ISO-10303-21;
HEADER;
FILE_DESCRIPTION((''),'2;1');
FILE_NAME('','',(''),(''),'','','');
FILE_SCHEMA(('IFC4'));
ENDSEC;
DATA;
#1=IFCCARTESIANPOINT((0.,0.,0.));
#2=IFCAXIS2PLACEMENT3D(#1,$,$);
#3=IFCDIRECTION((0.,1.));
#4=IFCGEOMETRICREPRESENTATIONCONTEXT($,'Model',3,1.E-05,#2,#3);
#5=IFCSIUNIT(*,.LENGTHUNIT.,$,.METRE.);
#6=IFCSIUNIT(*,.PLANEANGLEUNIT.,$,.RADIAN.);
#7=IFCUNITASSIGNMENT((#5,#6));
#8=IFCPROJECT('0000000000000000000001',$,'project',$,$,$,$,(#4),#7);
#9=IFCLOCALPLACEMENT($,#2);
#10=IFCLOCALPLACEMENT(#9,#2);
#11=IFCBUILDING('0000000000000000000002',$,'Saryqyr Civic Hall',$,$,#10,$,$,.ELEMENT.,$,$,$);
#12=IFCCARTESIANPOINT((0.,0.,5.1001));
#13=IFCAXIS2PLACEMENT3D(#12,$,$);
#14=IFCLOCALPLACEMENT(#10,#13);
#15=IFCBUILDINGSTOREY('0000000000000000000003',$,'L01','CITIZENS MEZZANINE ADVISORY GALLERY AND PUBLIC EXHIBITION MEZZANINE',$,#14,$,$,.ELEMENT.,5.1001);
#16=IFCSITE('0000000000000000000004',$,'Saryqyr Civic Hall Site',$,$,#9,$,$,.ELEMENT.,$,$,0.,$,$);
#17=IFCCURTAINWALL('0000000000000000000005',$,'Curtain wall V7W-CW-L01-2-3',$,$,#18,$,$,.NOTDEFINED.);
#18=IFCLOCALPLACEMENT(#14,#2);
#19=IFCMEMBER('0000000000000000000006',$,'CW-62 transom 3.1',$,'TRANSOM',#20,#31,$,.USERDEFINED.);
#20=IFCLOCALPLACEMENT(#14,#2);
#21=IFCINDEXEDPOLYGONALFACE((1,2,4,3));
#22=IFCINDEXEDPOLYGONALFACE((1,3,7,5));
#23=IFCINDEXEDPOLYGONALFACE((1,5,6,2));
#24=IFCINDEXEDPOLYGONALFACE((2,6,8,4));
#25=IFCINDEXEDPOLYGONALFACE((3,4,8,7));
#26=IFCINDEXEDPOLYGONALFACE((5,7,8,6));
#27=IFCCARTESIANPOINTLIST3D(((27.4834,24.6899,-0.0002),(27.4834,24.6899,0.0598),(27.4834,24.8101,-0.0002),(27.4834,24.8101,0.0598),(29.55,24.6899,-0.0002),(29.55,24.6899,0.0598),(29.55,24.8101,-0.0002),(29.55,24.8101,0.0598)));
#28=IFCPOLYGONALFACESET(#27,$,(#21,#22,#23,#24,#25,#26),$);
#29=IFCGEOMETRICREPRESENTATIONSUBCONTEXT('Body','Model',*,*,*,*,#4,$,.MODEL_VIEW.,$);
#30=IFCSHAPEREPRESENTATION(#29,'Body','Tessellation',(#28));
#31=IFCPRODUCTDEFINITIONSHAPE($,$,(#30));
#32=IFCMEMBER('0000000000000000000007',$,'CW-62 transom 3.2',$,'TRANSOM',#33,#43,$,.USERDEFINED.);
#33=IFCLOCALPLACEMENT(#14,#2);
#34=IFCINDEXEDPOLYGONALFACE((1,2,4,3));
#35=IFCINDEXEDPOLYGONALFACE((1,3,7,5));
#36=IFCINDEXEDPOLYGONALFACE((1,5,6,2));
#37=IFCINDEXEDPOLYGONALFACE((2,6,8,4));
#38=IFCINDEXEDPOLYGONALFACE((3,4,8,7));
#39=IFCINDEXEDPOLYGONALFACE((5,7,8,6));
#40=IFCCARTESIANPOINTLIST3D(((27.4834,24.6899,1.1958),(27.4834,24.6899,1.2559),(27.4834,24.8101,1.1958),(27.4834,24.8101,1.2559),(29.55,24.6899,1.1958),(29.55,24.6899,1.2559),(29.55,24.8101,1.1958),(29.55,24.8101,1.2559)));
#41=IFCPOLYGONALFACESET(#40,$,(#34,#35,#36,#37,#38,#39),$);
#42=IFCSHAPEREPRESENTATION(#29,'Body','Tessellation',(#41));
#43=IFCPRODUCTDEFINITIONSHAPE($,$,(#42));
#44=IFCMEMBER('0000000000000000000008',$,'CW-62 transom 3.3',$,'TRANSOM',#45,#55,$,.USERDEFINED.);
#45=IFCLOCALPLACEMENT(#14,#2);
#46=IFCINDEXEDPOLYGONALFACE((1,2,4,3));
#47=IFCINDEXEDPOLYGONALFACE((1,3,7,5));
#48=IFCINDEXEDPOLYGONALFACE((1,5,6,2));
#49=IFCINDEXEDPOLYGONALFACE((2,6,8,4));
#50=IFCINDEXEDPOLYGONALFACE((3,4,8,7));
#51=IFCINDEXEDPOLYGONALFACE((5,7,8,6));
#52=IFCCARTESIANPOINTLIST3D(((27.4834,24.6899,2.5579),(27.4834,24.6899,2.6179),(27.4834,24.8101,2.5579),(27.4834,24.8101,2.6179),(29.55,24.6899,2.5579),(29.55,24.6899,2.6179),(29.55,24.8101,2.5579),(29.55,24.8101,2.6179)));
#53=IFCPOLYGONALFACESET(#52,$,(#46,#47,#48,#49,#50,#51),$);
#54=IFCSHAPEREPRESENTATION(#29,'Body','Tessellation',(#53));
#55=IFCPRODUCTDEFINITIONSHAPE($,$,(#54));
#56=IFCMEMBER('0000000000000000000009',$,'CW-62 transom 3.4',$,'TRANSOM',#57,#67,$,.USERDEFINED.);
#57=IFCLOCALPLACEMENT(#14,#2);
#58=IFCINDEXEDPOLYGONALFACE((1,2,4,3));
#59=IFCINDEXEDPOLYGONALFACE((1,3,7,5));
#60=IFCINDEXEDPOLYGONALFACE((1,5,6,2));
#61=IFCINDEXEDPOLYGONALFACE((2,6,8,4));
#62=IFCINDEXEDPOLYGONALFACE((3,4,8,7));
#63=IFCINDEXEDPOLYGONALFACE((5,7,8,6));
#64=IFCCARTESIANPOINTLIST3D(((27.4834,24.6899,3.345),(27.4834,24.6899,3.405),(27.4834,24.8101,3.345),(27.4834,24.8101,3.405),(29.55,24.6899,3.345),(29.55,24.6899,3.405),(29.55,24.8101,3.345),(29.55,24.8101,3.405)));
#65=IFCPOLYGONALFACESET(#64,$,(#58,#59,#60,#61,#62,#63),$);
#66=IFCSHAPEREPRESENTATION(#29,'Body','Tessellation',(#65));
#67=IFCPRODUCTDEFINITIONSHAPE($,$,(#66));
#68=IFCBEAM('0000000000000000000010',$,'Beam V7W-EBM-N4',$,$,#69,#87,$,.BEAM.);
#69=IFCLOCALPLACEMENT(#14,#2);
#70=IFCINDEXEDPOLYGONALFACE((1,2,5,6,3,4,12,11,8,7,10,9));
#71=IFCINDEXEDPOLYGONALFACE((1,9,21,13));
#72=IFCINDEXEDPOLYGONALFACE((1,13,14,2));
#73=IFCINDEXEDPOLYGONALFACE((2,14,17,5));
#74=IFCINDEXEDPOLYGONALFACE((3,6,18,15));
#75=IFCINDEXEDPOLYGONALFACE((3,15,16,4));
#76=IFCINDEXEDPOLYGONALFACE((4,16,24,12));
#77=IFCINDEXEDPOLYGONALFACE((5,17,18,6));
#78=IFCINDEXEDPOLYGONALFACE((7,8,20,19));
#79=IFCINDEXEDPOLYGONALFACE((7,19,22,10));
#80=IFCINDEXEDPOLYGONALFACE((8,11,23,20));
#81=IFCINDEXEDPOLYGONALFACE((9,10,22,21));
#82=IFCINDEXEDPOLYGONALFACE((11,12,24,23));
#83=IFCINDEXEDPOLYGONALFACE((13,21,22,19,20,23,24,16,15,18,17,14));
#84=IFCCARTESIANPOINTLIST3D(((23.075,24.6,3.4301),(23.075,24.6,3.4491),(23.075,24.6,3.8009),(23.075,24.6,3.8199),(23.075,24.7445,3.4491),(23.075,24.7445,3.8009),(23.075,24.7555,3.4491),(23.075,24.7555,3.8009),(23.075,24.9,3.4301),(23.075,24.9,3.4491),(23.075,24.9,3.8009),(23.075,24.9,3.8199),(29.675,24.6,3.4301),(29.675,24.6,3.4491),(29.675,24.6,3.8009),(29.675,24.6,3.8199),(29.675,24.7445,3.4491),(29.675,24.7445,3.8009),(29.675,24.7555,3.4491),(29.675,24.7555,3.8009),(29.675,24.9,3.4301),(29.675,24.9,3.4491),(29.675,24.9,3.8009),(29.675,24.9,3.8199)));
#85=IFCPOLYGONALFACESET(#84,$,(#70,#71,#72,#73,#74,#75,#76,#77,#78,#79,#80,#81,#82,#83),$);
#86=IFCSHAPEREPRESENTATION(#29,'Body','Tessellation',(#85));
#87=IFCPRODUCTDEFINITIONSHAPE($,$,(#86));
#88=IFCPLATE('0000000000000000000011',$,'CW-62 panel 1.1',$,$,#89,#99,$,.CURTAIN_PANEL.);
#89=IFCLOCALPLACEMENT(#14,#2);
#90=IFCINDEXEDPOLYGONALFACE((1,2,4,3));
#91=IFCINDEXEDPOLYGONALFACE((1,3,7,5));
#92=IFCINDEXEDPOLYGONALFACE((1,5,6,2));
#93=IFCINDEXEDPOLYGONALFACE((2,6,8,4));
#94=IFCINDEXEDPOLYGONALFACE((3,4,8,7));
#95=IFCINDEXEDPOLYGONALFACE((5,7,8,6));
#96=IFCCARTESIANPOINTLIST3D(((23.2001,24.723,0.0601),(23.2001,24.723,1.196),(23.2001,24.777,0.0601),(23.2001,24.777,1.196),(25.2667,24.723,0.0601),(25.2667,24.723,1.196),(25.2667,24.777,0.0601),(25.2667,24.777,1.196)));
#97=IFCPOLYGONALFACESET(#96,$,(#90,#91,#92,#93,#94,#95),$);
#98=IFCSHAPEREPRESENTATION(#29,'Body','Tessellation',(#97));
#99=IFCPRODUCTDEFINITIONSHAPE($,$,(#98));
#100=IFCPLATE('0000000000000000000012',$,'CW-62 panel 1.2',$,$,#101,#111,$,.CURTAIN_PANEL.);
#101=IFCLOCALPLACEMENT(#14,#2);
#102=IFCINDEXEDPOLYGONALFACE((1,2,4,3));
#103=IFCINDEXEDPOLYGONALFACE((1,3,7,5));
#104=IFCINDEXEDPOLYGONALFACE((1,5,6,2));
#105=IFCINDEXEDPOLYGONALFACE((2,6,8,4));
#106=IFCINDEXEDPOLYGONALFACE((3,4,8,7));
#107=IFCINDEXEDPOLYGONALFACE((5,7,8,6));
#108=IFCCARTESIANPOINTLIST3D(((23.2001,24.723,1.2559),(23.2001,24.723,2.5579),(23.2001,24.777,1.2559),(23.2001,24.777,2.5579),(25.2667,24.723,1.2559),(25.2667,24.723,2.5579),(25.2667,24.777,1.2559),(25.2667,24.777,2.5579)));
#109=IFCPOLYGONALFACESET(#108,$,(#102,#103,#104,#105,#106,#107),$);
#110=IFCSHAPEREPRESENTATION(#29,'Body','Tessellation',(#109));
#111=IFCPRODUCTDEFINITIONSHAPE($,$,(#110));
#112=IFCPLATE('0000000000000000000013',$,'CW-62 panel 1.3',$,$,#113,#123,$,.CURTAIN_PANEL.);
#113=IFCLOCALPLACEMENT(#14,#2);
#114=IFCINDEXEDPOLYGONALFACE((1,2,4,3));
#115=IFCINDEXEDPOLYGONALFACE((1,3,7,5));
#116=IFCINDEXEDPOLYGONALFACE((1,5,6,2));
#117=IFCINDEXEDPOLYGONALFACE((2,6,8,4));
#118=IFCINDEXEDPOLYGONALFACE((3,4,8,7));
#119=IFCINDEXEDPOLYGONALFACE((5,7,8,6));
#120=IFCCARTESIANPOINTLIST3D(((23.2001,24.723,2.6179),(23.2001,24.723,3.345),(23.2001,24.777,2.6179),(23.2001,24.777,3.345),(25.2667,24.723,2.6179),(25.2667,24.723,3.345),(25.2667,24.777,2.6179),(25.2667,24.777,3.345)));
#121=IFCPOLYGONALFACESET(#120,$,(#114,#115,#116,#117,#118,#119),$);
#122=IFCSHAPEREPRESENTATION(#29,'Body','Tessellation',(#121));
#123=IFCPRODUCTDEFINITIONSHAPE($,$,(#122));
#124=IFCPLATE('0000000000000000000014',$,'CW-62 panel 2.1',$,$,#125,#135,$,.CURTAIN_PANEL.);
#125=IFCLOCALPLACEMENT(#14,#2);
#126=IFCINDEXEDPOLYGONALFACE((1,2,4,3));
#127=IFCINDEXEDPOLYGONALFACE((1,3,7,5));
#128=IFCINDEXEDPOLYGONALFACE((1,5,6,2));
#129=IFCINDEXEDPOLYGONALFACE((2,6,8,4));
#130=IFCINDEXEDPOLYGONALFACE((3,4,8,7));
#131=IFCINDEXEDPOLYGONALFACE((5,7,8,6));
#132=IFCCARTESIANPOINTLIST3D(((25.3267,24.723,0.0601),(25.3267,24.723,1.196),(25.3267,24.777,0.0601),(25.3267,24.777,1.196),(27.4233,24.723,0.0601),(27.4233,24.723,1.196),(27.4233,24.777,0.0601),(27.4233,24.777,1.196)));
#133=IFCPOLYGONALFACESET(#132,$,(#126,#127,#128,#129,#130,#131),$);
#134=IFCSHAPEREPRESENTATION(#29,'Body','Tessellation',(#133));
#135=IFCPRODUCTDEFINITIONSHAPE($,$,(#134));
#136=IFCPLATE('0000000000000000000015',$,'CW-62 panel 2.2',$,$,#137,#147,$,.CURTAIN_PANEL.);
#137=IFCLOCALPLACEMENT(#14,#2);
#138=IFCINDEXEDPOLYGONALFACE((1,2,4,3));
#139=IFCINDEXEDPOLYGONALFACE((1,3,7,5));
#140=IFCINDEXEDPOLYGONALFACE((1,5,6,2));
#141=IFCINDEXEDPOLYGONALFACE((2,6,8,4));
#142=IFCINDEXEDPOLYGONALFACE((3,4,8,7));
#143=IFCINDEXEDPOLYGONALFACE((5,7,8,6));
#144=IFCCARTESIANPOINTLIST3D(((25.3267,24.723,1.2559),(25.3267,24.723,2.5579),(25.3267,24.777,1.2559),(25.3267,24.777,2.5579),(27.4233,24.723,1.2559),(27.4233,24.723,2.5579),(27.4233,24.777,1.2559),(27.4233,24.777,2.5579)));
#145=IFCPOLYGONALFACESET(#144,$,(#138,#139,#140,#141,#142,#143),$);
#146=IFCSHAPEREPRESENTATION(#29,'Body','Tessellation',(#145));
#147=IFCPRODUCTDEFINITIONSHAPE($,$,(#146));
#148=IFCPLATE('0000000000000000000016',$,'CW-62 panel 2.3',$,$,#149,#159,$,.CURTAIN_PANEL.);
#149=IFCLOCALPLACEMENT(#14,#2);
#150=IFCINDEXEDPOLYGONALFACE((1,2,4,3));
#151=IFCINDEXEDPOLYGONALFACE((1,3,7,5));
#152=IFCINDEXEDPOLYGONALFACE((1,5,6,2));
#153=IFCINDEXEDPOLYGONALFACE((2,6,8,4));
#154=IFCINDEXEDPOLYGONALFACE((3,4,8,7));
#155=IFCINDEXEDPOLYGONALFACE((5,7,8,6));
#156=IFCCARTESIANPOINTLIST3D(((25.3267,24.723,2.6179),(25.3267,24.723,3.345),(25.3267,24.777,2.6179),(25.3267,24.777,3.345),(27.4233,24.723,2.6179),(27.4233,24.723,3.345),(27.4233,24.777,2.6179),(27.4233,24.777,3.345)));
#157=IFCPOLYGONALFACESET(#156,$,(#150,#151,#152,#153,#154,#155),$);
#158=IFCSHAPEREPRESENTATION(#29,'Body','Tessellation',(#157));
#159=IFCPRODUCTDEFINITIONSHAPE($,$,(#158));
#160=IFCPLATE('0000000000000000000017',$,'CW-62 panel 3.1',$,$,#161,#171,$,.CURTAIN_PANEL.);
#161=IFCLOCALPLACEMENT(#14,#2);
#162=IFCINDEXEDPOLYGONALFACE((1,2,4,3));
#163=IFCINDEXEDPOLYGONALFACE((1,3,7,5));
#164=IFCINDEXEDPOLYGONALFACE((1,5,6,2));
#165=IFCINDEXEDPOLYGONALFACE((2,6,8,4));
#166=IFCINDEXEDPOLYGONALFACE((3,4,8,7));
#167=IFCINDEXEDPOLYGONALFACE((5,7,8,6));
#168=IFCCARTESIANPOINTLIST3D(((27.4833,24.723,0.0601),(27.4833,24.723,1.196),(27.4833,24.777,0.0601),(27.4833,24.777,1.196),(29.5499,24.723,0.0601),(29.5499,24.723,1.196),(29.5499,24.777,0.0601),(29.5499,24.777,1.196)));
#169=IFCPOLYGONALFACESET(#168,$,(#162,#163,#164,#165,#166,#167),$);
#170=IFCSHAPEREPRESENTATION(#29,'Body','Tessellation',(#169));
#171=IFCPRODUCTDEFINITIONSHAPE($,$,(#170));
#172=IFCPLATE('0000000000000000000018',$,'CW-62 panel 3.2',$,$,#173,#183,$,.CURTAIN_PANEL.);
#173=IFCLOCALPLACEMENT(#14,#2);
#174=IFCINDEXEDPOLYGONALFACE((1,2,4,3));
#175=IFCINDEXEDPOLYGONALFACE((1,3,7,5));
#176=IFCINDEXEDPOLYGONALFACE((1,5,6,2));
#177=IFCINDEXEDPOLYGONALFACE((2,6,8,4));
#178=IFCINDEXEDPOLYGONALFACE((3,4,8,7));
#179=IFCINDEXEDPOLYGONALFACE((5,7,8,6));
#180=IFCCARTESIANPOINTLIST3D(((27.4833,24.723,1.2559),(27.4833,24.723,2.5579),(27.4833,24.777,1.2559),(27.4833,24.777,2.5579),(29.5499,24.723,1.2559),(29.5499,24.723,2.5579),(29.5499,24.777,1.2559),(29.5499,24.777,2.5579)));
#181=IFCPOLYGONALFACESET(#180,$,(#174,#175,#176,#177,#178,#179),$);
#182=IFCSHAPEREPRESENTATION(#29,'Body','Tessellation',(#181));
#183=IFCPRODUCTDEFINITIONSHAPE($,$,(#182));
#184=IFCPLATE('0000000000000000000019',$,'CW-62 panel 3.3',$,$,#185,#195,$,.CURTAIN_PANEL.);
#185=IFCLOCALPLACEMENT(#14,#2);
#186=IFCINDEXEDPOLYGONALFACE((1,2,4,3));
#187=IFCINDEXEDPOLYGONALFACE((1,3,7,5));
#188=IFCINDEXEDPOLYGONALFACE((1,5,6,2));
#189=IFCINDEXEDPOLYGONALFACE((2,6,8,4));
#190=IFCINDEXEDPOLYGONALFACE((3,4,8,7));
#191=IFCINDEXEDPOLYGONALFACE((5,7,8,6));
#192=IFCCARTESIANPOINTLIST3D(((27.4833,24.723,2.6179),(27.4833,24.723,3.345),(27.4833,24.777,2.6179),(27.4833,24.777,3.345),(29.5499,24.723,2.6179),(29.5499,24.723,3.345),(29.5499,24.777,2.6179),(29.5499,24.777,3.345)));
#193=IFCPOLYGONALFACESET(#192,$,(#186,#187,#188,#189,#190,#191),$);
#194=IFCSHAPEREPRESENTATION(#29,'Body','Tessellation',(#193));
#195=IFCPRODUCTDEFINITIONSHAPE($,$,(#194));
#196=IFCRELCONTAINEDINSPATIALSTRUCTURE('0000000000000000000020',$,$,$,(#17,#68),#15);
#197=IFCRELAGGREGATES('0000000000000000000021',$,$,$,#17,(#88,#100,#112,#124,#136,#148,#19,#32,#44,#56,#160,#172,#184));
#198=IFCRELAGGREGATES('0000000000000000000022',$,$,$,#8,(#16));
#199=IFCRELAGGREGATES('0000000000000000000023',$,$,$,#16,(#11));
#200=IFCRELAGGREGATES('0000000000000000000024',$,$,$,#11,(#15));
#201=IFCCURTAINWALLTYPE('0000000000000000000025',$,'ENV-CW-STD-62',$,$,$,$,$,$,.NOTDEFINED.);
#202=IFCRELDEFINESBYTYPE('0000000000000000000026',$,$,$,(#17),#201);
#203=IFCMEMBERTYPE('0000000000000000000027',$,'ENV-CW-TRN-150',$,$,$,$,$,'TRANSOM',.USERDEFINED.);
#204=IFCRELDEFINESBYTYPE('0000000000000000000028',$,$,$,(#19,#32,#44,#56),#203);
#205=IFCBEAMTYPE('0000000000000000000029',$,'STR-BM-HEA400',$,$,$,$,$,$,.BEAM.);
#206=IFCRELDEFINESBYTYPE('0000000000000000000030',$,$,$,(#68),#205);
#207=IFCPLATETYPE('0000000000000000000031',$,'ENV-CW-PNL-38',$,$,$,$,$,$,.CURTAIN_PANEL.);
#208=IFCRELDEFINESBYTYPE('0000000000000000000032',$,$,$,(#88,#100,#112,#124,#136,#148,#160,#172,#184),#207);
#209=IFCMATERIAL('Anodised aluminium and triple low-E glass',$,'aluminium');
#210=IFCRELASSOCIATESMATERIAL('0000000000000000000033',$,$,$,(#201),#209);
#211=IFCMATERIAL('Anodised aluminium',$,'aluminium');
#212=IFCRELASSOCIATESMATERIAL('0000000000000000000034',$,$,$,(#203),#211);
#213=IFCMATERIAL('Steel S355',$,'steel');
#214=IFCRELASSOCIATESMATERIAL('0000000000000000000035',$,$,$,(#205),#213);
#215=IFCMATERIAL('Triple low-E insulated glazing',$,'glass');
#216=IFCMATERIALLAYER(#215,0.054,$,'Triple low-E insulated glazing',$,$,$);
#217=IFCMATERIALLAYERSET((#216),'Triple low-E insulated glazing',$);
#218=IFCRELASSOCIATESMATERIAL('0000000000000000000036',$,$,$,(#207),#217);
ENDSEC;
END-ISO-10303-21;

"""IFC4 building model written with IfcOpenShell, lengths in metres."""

from ifc_helpers import new_model, si_unit, direction, frame, origin, origin_2d, place, context, subcontext, project, spatial, rectangle, i_section, extrude, material, layer, layer_set, material_profile, profile_set, type_object, element, aggregate, save


model = new_model("IFC4")

# Units and contexts
model_context = context("Model", 3, precision=1e-05, world=origin(), true_north=direction((0.0, 1.0)))
body_context = subcontext(model_context, "Body", "Model", "MODEL_VIEW")
ifc_project = project(units=[si_unit("LENGTHUNIT", "METRE"), si_unit("PLANEANGLEUNIT", "RADIAN")], contexts=[model_context])

# Site, building, storey
site_placement = place(None, origin())
site = spatial("IfcSite", under=ifc_project, at=site_placement, Name="Saryqyr Civic Hall Site", CompositionType="ELEMENT", RefElevation=0.0)
building_placement = place(site_placement, origin())
building = spatial("IfcBuilding", under=site, at=building_placement, Name="Saryqyr Civic Hall", CompositionType="ELEMENT")
storey_placement = place(building_placement, frame((0.0, 0.0, 5.1001)))
storey = spatial("IfcBuildingStorey", under=building, at=storey_placement, Name="L01", Description="CITIZENS MEZZANINE ADVISORY GALLERY AND PUBLIC EXHIBITION MEZZANINE", CompositionType="ELEMENT", Elevation=5.1001)

# Curtain wall, members
ifc_material_1 = material(Name="Anodised aluminium and triple low-E glass", Category="aluminium")
curtain_wall_type = type_object("IfcCurtainWallType", Name="ENV-CW-STD-62", PredefinedType="NOTDEFINED", material=ifc_material_1)
curtain_wall_placement = place(storey_placement, origin())
curtain_wall = element("IfcCurtainWall", 1, at=curtain_wall_placement, inside=storey, type_object=curtain_wall_type, Name="Curtain wall V7W-CW-L01-2-3", PredefinedType="NOTDEFINED")
ifc_material_2 = material(Name="Anodised aluminium", Category="aluminium")
ifc_material_profile_1 = material_profile(ifc_material_2, rectangle(XDim=0.1201, YDim=0.0601, at=origin_2d()), Name="ALU TRANSOM 120x60")
ifc_profile_set_1 = profile_set([ifc_material_profile_1], Name="Anodised aluminium")
member_type_1 = type_object("IfcMemberType", Name="ENV-CW-TRN-150", ElementType="TRANSOM", PredefinedType="USERDEFINED", material=ifc_profile_set_1)
member_1_placement = place(storey_placement, frame((27.4834, 24.75, 0.0298), z_axis=(1.0, 0.0, 0.0), x_axis=(0.0, 1.0, 0.0)))
member_1 = element("IfcMember", 2, at=member_1_placement, type_object=member_type_1, Name="CW-62 transom 3.1", ObjectType="TRANSOM", PredefinedType="USERDEFINED", context=body_context, shape_type="SweptSolid", body=[
    extrude(rectangle(XDim=0.1201, YDim=0.0601, at=origin_2d()), origin(), (0.0, 0.0, 1.0), 2.0667),
])
member_2_placement = place(storey_placement, frame((27.4834, 24.75, 1.2258), z_axis=(1.0, 0.0, 0.0), x_axis=(0.0, 1.0, 0.0)))
member_2 = element("IfcMember", 3, at=member_2_placement, type_object=member_type_1, Name="CW-62 transom 3.2", ObjectType="TRANSOM", PredefinedType="USERDEFINED", context=body_context, shape_type="SweptSolid", body=[
    extrude(rectangle(XDim=0.1201, YDim=0.0601, at=origin_2d()), origin(), (0.0, 0.0, 1.0), 2.0667),
])
member_3_placement = place(storey_placement, frame((27.4834, 24.75, 2.5879), z_axis=(1.0, 0.0, 0.0), x_axis=(0.0, 1.0, 0.0)))
member_3 = element("IfcMember", 4, at=member_3_placement, type_object=member_type_1, Name="CW-62 transom 3.3", ObjectType="TRANSOM", PredefinedType="USERDEFINED", context=body_context, shape_type="SweptSolid", body=[
    extrude(rectangle(XDim=0.1201, YDim=0.0601, at=origin_2d()), origin(), (0.0, 0.0, 1.0), 2.0667),
])
member_4_placement = place(storey_placement, frame((27.4834, 24.75, 3.375), z_axis=(1.0, 0.0, 0.0), x_axis=(0.0, 1.0, 0.0)))
member_4 = element("IfcMember", 5, at=member_4_placement, type_object=member_type_1, Name="CW-62 transom 3.4", ObjectType="TRANSOM", PredefinedType="USERDEFINED", context=body_context, shape_type="SweptSolid", body=[
    extrude(rectangle(XDim=0.1201, YDim=0.0601, at=origin_2d()), origin(), (0.0, 0.0, 1.0), 2.0667),
])

# Beam
ifc_material_3 = material(Name="Steel S355", Category="steel")
ifc_material_profile_2 = material_profile(ifc_material_3, i_section(OverallWidth=0.3, OverallDepth=0.3899, WebThickness=0.011, FlangeThickness=0.019, at=origin_2d()), Name="HEA 400")
ifc_profile_set_2 = profile_set([ifc_material_profile_2], Name="Steel S355")
beam_type = type_object("IfcBeamType", Name="STR-BM-HEA400", PredefinedType="BEAM", material=ifc_profile_set_2)
beam_placement = place(storey_placement, frame((23.075, 24.75, 3.625), z_axis=(1.0, 0.0, 0.0), x_axis=(0.0, 1.0, 0.0)))
element("IfcBeam", 6, at=beam_placement, inside=storey, type_object=beam_type, Name="Beam V7W-EBM-N4", PredefinedType="BEAM", context=body_context, shape_type="SweptSolid", body=[
    extrude(i_section(OverallWidth=0.3, OverallDepth=0.3899, WebThickness=0.011, FlangeThickness=0.019, at=origin_2d()), origin(), (0.0, 0.0, 1.0), 6.6001),
])

# Plates
ifc_material_4 = material(Name="Triple low-E insulated glazing", Category="glass")
ifc_layer_1 = layer(ifc_material_4, 0.054, Name="Triple low-E insulated glazing")
ifc_layer_set_1 = layer_set([ifc_layer_1], Name="Triple low-E insulated glazing")
plate_type = type_object("IfcPlateType", Name="ENV-CW-PNL-38", PredefinedType="CURTAIN_PANEL", material=ifc_layer_set_1)
plate_1_placement = place(storey_placement, frame((24.2334, 24.75, 0.0601), z_axis=(0.0, 0.0, 1.0), x_axis=(1.0, 0.0, 0.0)))
plate_1 = element("IfcPlate", 7, at=plate_1_placement, type_object=plate_type, Name="CW-62 panel 1.1", PredefinedType="CURTAIN_PANEL", context=body_context, shape_type="SweptSolid", body=[
    extrude(rectangle(XDim=2.0667, YDim=0.054, at=origin_2d()), origin(), (0.0, 0.0, 1.0), 1.136),
])
plate_2_placement = place(storey_placement, frame((24.2334, 24.75, 1.2559), z_axis=(0.0, 0.0, 1.0), x_axis=(1.0, 0.0, 0.0)))
plate_2 = element("IfcPlate", 8, at=plate_2_placement, type_object=plate_type, Name="CW-62 panel 1.2", PredefinedType="CURTAIN_PANEL", context=body_context, shape_type="SweptSolid", body=[
    extrude(rectangle(XDim=2.0667, YDim=0.054, at=origin_2d()), origin(), (0.0, 0.0, 1.0), 1.302),
])
plate_3_placement = place(storey_placement, frame((24.2334, 24.75, 2.6179), z_axis=(0.0, 0.0, 1.0), x_axis=(1.0, 0.0, 0.0)))
plate_3 = element("IfcPlate", 9, at=plate_3_placement, type_object=plate_type, Name="CW-62 panel 1.3", PredefinedType="CURTAIN_PANEL", context=body_context, shape_type="SweptSolid", body=[
    extrude(rectangle(XDim=2.0667, YDim=0.054, at=origin_2d()), origin(), (0.0, 0.0, 1.0), 0.7271),
])
plate_4_placement = place(storey_placement, frame((26.375, 24.75, 0.0601), z_axis=(0.0, 0.0, 1.0), x_axis=(1.0, 0.0, 0.0)))
plate_4 = element("IfcPlate", 10, at=plate_4_placement, type_object=plate_type, Name="CW-62 panel 2.1", PredefinedType="CURTAIN_PANEL", context=body_context, shape_type="SweptSolid", body=[
    extrude(rectangle(XDim=2.0967, YDim=0.054, at=origin_2d()), origin(), (0.0, 0.0, 1.0), 1.136),
])
plate_5_placement = place(storey_placement, frame((26.375, 24.75, 1.2559), z_axis=(0.0, 0.0, 1.0), x_axis=(1.0, 0.0, 0.0)))
plate_5 = element("IfcPlate", 11, at=plate_5_placement, type_object=plate_type, Name="CW-62 panel 2.2", PredefinedType="CURTAIN_PANEL", context=body_context, shape_type="SweptSolid", body=[
    extrude(rectangle(XDim=2.0967, YDim=0.054, at=origin_2d()), origin(), (0.0, 0.0, 1.0), 1.302),
])
plate_6_placement = place(storey_placement, frame((26.375, 24.75, 2.6179), z_axis=(0.0, 0.0, 1.0), x_axis=(1.0, 0.0, 0.0)))
plate_6 = element("IfcPlate", 12, at=plate_6_placement, type_object=plate_type, Name="CW-62 panel 2.3", PredefinedType="CURTAIN_PANEL", context=body_context, shape_type="SweptSolid", body=[
    extrude(rectangle(XDim=2.0967, YDim=0.054, at=origin_2d()), origin(), (0.0, 0.0, 1.0), 0.7271),
])
plate_7_placement = place(storey_placement, frame((28.5166, 24.75, 0.0601), z_axis=(0.0, 0.0, 1.0), x_axis=(1.0, 0.0, 0.0)))
plate_7 = element("IfcPlate", 13, at=plate_7_placement, type_object=plate_type, Name="CW-62 panel 3.1", PredefinedType="CURTAIN_PANEL", context=body_context, shape_type="SweptSolid", body=[
    extrude(rectangle(XDim=2.0667, YDim=0.054, at=origin_2d()), origin(), (0.0, 0.0, 1.0), 1.136),
])
plate_8_placement = place(storey_placement, frame((28.5166, 24.75, 1.2559), z_axis=(0.0, 0.0, 1.0), x_axis=(1.0, 0.0, 0.0)))
plate_8 = element("IfcPlate", 14, at=plate_8_placement, type_object=plate_type, Name="CW-62 panel 3.2", PredefinedType="CURTAIN_PANEL", context=body_context, shape_type="SweptSolid", body=[
    extrude(rectangle(XDim=2.0667, YDim=0.054, at=origin_2d()), origin(), (0.0, 0.0, 1.0), 1.302),
])
plate_9_placement = place(storey_placement, frame((28.5166, 24.75, 2.6179), z_axis=(0.0, 0.0, 1.0), x_axis=(1.0, 0.0, 0.0)))
plate_9 = element("IfcPlate", 15, at=plate_9_placement, type_object=plate_type, Name="CW-62 panel 3.3", PredefinedType="CURTAIN_PANEL", context=body_context, shape_type="SweptSolid", body=[
    extrude(rectangle(XDim=2.0667, YDim=0.054, at=origin_2d()), origin(), (0.0, 0.0, 1.0), 0.7271),
])
aggregate(curtain_wall, [plate_1, plate_2, plate_3, plate_4, plate_5, plate_6, member_1, member_2, member_3, member_4, plate_7, plate_8, plate_9])

save(model, "model.ifc")
